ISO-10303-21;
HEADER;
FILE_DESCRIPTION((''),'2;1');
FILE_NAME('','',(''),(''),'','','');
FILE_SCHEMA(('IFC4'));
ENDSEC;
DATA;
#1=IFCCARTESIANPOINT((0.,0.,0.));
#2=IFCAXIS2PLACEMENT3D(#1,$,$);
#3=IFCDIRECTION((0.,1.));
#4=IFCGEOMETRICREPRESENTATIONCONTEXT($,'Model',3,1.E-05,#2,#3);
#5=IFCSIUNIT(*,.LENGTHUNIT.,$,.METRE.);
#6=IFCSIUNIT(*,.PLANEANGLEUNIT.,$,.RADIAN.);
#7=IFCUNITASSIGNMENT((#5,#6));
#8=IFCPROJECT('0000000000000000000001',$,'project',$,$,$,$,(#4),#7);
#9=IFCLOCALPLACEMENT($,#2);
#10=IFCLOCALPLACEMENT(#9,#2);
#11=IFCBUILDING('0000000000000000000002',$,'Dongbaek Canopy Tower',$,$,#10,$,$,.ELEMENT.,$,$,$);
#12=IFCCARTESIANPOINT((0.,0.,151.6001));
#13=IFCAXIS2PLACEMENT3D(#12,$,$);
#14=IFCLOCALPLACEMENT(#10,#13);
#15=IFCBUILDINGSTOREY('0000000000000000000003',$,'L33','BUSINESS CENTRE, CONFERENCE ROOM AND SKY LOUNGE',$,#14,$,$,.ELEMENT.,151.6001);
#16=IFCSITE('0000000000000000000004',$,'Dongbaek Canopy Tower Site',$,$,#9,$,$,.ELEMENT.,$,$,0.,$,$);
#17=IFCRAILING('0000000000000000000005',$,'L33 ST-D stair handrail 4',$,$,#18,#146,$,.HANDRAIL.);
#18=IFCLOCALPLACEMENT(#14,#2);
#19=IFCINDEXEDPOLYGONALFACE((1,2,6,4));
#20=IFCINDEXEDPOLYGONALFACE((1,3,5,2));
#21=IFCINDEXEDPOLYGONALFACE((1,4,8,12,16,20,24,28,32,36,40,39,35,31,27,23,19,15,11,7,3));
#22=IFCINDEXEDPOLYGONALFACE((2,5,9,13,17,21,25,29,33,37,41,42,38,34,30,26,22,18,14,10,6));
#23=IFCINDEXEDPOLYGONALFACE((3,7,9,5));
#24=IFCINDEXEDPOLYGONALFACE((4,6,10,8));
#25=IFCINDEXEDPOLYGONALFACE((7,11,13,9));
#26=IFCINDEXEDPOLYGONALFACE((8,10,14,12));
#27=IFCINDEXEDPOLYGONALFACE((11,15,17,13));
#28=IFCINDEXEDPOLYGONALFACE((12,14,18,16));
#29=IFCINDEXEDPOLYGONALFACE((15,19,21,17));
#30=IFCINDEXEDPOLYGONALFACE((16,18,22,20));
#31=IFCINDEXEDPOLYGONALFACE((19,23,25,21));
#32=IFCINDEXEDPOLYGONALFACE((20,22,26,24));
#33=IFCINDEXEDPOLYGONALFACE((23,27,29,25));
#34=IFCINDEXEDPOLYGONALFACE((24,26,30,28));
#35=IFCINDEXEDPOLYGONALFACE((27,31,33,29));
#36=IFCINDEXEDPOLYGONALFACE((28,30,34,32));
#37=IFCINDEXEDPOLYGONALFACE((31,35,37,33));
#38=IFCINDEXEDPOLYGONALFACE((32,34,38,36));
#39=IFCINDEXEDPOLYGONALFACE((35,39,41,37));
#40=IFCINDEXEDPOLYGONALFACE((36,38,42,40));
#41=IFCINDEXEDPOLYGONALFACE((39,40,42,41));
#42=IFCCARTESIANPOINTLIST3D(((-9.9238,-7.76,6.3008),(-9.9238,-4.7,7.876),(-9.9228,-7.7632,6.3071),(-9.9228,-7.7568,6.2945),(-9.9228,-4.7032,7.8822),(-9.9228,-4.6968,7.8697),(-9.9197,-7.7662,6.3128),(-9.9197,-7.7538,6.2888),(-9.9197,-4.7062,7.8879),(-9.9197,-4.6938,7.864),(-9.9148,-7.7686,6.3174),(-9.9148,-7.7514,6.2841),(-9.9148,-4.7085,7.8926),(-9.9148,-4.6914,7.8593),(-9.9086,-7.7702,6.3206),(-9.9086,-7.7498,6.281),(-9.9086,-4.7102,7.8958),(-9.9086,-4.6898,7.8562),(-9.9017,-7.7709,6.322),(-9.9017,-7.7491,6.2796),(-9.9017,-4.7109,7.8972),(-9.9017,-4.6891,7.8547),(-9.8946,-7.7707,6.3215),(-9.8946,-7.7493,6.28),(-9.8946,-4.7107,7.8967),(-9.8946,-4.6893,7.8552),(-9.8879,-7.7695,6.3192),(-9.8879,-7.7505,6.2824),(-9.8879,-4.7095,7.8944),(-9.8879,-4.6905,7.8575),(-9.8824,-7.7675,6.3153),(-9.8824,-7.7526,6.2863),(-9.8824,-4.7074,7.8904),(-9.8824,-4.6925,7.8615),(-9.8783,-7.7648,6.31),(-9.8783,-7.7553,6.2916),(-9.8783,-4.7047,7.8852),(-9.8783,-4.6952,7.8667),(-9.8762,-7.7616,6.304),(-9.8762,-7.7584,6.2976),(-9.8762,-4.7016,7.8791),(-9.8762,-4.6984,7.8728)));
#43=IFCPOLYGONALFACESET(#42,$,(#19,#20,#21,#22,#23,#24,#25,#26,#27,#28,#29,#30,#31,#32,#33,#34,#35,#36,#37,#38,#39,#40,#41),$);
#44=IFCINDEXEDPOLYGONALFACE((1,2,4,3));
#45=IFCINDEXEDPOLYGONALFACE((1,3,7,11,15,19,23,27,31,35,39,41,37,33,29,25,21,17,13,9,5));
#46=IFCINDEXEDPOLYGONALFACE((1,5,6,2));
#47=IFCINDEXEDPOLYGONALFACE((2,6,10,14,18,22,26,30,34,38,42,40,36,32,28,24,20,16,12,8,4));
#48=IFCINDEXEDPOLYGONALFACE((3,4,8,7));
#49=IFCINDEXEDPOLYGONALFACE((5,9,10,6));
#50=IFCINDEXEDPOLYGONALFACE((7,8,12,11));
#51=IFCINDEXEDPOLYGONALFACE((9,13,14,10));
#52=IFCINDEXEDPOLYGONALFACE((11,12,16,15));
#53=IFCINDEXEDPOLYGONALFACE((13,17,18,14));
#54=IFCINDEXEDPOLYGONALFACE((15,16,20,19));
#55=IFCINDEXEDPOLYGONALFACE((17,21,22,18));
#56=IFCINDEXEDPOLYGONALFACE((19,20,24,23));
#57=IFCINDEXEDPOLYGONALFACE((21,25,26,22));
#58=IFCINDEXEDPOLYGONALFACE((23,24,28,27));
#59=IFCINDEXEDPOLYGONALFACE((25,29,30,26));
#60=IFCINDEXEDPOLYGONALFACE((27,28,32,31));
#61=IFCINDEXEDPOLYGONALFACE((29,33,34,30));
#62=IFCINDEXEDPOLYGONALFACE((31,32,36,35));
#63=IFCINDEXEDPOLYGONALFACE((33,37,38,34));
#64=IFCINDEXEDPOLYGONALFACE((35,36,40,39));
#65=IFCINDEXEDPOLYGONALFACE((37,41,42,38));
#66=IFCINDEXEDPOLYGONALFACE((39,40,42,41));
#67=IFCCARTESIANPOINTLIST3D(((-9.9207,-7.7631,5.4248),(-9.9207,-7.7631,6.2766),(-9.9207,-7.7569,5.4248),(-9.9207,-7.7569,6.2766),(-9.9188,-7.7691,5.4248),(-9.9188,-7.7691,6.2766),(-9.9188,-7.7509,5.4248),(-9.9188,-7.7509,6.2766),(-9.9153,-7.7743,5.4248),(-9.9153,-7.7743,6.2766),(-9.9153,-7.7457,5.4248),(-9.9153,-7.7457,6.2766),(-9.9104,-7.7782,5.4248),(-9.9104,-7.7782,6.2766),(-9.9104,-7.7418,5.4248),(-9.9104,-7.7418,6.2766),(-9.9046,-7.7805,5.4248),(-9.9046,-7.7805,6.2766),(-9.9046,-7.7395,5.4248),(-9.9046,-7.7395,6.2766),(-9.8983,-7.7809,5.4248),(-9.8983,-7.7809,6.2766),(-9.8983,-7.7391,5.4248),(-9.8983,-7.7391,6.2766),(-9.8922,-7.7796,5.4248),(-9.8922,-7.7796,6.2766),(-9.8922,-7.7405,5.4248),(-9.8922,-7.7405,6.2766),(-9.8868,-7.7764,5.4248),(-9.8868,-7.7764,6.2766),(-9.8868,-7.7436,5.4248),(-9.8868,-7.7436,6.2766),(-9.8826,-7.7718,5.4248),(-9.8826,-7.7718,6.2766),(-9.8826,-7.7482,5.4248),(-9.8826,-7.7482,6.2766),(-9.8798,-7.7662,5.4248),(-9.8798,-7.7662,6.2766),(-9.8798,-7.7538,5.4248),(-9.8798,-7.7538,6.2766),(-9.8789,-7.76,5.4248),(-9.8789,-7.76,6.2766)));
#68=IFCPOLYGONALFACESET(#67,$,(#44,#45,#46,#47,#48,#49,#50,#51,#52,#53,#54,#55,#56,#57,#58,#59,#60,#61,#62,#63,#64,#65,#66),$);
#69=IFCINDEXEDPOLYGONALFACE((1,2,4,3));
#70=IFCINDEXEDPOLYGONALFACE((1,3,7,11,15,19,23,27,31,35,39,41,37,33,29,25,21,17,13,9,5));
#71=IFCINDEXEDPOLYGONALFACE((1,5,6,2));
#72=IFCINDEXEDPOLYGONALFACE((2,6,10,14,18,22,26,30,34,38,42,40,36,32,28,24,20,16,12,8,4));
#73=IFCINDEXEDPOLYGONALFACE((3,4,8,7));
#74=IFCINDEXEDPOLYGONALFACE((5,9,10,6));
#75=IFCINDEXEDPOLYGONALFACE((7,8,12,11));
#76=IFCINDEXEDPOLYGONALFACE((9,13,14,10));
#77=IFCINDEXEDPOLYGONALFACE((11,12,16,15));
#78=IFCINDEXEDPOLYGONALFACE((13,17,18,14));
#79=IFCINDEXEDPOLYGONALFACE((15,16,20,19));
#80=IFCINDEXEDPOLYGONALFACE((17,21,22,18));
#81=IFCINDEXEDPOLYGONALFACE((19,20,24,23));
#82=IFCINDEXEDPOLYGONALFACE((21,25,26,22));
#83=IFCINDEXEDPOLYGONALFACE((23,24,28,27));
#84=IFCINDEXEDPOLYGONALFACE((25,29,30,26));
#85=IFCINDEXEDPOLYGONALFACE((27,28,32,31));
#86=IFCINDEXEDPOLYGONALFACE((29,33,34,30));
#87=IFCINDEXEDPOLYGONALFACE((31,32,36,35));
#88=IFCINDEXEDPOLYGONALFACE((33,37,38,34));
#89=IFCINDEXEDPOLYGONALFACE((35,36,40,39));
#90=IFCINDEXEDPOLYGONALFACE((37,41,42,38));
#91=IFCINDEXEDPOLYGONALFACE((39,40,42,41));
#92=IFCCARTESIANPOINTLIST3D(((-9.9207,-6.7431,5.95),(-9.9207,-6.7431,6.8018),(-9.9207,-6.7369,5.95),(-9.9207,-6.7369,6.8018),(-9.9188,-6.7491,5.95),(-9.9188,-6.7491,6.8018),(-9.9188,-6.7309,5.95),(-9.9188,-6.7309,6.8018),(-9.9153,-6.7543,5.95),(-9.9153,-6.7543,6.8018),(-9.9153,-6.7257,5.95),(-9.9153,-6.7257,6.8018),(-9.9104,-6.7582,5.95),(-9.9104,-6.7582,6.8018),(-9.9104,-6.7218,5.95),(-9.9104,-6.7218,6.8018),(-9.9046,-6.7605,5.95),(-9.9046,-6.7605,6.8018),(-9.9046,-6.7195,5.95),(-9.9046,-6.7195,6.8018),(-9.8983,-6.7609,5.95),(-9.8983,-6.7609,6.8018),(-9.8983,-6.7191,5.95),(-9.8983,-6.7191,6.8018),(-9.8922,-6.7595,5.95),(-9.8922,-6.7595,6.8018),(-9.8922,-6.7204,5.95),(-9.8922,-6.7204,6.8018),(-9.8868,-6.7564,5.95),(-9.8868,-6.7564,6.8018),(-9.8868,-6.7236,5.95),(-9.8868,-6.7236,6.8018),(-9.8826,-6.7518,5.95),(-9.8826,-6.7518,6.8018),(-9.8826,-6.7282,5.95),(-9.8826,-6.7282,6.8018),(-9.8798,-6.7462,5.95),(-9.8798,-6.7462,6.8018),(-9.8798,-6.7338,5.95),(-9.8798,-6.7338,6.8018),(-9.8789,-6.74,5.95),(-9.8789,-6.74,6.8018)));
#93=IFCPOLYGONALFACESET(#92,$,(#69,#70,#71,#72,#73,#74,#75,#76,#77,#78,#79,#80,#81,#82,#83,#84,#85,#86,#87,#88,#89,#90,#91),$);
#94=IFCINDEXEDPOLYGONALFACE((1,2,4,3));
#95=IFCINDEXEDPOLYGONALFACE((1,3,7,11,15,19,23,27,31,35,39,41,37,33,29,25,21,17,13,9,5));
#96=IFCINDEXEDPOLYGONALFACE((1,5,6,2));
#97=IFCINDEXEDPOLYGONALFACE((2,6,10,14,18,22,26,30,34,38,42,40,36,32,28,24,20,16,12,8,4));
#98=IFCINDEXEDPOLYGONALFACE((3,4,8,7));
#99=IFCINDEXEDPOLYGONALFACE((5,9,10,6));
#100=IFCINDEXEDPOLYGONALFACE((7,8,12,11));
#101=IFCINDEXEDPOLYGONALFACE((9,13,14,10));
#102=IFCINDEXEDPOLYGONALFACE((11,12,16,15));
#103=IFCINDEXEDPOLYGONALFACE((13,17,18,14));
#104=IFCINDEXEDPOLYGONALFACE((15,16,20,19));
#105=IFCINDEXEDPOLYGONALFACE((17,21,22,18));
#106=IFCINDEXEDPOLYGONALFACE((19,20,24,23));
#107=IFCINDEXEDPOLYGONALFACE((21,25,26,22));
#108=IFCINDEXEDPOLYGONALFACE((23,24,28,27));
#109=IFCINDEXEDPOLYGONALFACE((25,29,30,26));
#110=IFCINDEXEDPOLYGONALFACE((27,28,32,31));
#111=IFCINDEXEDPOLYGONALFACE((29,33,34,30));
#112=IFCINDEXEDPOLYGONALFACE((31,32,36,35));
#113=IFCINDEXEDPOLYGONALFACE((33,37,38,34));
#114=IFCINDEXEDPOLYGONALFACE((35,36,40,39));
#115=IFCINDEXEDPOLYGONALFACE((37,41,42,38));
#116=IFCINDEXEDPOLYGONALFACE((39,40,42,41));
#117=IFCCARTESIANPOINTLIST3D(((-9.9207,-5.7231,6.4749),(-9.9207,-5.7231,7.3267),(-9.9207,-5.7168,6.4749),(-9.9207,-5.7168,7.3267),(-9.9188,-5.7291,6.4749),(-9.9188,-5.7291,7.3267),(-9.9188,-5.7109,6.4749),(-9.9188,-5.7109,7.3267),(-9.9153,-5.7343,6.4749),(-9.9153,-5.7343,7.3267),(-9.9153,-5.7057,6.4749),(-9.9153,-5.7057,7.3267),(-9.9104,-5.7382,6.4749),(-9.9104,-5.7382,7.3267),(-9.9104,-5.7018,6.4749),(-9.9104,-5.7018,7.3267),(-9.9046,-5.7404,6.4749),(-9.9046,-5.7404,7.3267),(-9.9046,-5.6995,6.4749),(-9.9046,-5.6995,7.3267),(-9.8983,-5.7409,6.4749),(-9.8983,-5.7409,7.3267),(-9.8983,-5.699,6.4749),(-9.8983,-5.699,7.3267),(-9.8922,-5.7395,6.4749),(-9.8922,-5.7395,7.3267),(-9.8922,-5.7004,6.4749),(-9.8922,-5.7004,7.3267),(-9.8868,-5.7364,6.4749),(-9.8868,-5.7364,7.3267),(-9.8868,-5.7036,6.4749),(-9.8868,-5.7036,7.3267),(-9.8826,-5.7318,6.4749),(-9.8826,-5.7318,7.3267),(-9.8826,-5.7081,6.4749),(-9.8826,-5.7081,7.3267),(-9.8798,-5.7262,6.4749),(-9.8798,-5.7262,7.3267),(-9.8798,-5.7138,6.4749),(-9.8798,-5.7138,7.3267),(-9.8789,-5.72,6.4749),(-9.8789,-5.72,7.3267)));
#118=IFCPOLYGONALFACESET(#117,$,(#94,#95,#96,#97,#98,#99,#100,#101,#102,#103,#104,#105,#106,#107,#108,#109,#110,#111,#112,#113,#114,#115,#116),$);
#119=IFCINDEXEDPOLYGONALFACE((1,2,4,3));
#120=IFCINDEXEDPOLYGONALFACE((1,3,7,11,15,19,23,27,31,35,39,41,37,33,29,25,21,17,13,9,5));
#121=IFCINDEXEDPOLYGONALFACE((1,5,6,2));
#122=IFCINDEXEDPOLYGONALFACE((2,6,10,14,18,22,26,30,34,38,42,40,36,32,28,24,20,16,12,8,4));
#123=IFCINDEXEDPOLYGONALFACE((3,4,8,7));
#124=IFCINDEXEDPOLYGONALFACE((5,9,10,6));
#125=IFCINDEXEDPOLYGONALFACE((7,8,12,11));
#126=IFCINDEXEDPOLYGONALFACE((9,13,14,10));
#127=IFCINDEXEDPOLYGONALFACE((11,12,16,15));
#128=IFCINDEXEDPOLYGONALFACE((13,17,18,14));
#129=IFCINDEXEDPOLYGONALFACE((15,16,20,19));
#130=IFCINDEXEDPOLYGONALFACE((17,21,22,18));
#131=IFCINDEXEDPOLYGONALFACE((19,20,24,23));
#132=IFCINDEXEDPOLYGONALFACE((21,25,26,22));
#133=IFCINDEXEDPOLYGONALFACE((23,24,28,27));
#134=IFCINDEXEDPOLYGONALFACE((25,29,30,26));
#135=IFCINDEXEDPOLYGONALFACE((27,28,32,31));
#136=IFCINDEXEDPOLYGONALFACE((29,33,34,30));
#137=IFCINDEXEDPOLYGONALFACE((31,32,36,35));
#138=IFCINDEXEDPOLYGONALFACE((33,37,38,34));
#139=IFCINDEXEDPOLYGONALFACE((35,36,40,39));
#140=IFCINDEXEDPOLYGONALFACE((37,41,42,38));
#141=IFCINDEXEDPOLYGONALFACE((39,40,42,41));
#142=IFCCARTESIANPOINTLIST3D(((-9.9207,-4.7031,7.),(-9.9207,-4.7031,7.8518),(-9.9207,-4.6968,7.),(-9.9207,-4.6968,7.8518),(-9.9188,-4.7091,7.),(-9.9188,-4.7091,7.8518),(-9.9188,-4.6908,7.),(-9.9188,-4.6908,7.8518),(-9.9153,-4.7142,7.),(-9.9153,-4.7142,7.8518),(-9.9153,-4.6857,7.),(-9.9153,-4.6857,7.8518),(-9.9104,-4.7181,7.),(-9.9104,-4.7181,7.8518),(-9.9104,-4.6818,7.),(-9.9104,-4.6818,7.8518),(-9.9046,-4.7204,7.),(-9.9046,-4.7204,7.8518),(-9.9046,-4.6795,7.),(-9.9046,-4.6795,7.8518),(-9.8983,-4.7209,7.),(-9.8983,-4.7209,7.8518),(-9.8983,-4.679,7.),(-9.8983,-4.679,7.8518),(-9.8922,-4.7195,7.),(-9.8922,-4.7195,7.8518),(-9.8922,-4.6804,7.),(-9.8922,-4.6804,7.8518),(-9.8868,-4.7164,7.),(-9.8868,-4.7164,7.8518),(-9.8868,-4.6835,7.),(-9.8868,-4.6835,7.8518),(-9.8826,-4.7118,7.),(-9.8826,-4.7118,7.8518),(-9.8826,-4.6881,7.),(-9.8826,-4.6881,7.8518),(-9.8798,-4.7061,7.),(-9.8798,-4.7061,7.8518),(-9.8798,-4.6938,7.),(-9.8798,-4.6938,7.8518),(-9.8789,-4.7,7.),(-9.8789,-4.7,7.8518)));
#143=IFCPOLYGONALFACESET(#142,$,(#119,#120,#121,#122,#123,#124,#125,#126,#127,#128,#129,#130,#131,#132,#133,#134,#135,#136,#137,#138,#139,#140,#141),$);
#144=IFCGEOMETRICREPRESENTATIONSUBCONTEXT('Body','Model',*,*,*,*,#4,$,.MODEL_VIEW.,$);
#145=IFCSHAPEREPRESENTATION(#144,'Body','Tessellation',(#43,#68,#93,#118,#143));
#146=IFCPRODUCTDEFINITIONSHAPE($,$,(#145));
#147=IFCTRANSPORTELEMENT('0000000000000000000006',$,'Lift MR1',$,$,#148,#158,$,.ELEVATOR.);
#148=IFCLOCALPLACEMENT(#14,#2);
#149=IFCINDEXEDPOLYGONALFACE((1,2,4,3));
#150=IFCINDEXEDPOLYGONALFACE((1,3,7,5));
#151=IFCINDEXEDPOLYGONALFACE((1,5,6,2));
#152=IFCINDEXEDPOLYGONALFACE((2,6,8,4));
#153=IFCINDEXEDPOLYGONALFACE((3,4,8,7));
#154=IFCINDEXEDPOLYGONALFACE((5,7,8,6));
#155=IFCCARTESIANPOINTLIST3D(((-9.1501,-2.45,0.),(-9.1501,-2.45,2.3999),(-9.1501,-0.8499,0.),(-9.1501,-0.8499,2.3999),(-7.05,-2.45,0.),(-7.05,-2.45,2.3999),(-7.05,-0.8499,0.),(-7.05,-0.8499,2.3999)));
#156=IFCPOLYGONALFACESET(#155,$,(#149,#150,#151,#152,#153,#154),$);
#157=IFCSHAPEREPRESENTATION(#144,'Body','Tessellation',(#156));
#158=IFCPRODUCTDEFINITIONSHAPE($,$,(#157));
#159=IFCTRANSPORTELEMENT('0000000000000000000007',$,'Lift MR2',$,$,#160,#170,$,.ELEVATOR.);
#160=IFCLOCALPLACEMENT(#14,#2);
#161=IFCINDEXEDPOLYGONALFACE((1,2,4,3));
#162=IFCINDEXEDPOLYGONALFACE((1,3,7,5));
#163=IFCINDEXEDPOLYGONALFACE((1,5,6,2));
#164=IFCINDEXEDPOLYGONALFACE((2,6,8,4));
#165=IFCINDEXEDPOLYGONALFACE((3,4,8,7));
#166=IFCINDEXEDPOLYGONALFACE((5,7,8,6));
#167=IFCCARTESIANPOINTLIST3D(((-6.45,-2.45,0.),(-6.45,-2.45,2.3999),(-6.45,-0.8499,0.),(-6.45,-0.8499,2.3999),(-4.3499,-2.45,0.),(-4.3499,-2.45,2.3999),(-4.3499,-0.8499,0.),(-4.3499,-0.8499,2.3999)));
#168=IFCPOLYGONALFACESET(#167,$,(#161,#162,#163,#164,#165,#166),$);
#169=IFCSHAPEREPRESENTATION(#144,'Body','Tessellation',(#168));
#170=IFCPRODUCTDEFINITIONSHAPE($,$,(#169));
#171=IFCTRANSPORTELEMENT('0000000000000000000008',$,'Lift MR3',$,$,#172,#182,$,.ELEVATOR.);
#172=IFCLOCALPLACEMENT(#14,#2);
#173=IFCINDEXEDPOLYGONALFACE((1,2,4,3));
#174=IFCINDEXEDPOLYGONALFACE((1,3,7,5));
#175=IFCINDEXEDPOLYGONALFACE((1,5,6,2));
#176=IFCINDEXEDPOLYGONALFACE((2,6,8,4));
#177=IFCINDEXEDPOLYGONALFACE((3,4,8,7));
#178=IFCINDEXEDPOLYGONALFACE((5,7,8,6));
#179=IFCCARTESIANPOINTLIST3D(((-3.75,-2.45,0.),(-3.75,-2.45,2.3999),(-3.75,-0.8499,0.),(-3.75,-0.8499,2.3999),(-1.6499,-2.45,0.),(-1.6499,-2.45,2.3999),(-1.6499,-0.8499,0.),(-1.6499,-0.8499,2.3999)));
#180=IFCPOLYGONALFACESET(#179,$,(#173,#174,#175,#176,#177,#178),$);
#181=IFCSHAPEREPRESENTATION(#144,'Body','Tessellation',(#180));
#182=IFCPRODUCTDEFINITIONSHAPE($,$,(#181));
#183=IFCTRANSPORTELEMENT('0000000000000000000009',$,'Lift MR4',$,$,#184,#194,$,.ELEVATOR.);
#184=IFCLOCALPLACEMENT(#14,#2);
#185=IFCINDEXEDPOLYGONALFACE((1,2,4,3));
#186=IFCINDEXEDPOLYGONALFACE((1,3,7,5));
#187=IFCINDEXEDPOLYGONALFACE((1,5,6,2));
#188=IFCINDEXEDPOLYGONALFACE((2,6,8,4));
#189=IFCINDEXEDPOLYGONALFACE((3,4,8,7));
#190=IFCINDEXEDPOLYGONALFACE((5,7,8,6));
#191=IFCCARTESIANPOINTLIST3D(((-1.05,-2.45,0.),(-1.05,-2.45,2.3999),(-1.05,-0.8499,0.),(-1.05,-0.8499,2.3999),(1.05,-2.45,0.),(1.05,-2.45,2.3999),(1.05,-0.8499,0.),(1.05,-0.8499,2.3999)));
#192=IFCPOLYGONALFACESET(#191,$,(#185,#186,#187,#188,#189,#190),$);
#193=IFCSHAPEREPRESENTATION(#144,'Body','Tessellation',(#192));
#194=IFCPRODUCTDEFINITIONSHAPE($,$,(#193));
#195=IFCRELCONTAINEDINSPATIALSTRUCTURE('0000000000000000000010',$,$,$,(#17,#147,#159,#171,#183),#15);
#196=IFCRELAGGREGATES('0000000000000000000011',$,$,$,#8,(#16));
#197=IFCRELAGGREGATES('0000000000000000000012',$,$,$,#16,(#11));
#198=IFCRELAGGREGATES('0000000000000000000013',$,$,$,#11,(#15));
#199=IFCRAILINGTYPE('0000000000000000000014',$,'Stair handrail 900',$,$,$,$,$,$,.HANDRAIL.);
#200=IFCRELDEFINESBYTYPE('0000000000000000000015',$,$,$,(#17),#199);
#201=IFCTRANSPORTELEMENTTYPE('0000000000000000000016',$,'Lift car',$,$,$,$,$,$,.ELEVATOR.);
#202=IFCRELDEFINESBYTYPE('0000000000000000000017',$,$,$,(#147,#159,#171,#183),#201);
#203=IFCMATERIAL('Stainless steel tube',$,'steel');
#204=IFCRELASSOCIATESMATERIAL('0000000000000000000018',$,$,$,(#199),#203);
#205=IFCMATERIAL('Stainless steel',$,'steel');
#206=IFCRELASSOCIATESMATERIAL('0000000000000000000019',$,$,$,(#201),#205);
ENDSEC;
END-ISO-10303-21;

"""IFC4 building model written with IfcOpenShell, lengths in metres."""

from ifc_helpers import new_model, si_unit, direction, frame, origin, origin_2d, place, context, subcontext, project, spatial, rectangle, circle, extrude, material, type_object, element, save


model = new_model("IFC4")

# Units and contexts
model_context = context("Model", 3, precision=1e-05, world=origin(), true_north=direction((0.0, 1.0)))
body_context = subcontext(model_context, "Body", "Model", "MODEL_VIEW")
ifc_project = project(units=[si_unit("LENGTHUNIT", "METRE"), si_unit("PLANEANGLEUNIT", "RADIAN")], contexts=[model_context])

# Site, building, storey
site_placement = place(None, origin())
site = spatial("IfcSite", under=ifc_project, at=site_placement, Name="Dongbaek Canopy Tower Site", CompositionType="ELEMENT", RefElevation=0.0)
building_placement = place(site_placement, origin())
building = spatial("IfcBuilding", under=site, at=building_placement, Name="Dongbaek Canopy Tower", CompositionType="ELEMENT")
storey_placement = place(building_placement, frame((0.0, 0.0, 151.6001)))
storey = spatial("IfcBuildingStorey", under=building, at=storey_placement, Name="L33", Description="BUSINESS CENTRE, CONFERENCE ROOM AND SKY LOUNGE", CompositionType="ELEMENT", Elevation=151.6001)

# Railing
ifc_material_1 = material(Name="Stainless steel tube", Category="steel")
railing_type = type_object("IfcRailingType", Name="Stair handrail 900", PredefinedType="HANDRAIL", material=ifc_material_1)
for number, where, name in (
    (1, (-9.8999, -7.76, 5.4248), "L33 ST-D stair handrail 4"),
):
    element("IfcRailing", number, at=place(storey_placement, frame(where)), inside=storey, type_object=railing_type, Name=name, PredefinedType="HANDRAIL", context=body_context, shape_type="SweptSolid", body=[
        extrude(circle(Radius=0.0239, at=origin_2d()), frame((0.0, 0.0, 0.876), z_axis=(0.0, 0.889116, 0.457681), x_axis=(-1.0, 0.0, 0.0)), (0.0, 0.0, 1.0), 3.4417),
        extrude(circle(Radius=0.021, at=origin_2d()), origin(), (0.0, 0.0, 1.0), 0.8518),
        extrude(circle(Radius=0.021, at=origin_2d()), frame((0.0, 1.02, 0.5251)), (0.0, 0.0, 1.0), 0.8518),
        extrude(circle(Radius=0.021, at=origin_2d()), frame((0.0, 2.04, 1.05)), (0.0, 0.0, 1.0), 0.8518),
        extrude(circle(Radius=0.021, at=origin_2d()), frame((0.0, 3.0601, 1.5752)), (0.0, 0.0, 1.0), 0.8518),
    ])

# Transport elements
ifc_material_2 = material(Name="Stainless steel", Category="steel")
transport_element_type = type_object("IfcTransportElementType", Name="Lift car", PredefinedType="ELEVATOR", material=ifc_material_2)
for number, where, z_axis, x_axis, name in (
    (2, (-8.1001, -1.6499, 0.0), (0.0, 0.0, 1.0), (1.0, 0.0, 0.0), "Lift MR1"),
    (3, (-5.3999, -1.6499, 0.0), (0.0, 0.0, 1.0), (1.0, 0.0, 0.0), "Lift MR2"),
    (4, (-2.7, -1.6499, 0.0), (0.0, 0.0, 1.0), (1.0, 0.0, 0.0), "Lift MR3"),
    (5, (0.0, -1.6499, 0.0), (0.0, 0.0, 1.0), (1.0, 0.0, 0.0), "Lift MR4"),
):
    element("IfcTransportElement", number, at=place(storey_placement, frame(where, z_axis=z_axis, x_axis=x_axis)), inside=storey, type_object=transport_element_type, Name=name, PredefinedType="ELEVATOR", context=body_context, shape_type="SweptSolid", body=[
        extrude(rectangle(XDim=2.1001, YDim=1.6001, at=origin_2d()), origin(), (0.0, 0.0, 1.0), 2.3999),
    ])

save(model, "model.ifc")
